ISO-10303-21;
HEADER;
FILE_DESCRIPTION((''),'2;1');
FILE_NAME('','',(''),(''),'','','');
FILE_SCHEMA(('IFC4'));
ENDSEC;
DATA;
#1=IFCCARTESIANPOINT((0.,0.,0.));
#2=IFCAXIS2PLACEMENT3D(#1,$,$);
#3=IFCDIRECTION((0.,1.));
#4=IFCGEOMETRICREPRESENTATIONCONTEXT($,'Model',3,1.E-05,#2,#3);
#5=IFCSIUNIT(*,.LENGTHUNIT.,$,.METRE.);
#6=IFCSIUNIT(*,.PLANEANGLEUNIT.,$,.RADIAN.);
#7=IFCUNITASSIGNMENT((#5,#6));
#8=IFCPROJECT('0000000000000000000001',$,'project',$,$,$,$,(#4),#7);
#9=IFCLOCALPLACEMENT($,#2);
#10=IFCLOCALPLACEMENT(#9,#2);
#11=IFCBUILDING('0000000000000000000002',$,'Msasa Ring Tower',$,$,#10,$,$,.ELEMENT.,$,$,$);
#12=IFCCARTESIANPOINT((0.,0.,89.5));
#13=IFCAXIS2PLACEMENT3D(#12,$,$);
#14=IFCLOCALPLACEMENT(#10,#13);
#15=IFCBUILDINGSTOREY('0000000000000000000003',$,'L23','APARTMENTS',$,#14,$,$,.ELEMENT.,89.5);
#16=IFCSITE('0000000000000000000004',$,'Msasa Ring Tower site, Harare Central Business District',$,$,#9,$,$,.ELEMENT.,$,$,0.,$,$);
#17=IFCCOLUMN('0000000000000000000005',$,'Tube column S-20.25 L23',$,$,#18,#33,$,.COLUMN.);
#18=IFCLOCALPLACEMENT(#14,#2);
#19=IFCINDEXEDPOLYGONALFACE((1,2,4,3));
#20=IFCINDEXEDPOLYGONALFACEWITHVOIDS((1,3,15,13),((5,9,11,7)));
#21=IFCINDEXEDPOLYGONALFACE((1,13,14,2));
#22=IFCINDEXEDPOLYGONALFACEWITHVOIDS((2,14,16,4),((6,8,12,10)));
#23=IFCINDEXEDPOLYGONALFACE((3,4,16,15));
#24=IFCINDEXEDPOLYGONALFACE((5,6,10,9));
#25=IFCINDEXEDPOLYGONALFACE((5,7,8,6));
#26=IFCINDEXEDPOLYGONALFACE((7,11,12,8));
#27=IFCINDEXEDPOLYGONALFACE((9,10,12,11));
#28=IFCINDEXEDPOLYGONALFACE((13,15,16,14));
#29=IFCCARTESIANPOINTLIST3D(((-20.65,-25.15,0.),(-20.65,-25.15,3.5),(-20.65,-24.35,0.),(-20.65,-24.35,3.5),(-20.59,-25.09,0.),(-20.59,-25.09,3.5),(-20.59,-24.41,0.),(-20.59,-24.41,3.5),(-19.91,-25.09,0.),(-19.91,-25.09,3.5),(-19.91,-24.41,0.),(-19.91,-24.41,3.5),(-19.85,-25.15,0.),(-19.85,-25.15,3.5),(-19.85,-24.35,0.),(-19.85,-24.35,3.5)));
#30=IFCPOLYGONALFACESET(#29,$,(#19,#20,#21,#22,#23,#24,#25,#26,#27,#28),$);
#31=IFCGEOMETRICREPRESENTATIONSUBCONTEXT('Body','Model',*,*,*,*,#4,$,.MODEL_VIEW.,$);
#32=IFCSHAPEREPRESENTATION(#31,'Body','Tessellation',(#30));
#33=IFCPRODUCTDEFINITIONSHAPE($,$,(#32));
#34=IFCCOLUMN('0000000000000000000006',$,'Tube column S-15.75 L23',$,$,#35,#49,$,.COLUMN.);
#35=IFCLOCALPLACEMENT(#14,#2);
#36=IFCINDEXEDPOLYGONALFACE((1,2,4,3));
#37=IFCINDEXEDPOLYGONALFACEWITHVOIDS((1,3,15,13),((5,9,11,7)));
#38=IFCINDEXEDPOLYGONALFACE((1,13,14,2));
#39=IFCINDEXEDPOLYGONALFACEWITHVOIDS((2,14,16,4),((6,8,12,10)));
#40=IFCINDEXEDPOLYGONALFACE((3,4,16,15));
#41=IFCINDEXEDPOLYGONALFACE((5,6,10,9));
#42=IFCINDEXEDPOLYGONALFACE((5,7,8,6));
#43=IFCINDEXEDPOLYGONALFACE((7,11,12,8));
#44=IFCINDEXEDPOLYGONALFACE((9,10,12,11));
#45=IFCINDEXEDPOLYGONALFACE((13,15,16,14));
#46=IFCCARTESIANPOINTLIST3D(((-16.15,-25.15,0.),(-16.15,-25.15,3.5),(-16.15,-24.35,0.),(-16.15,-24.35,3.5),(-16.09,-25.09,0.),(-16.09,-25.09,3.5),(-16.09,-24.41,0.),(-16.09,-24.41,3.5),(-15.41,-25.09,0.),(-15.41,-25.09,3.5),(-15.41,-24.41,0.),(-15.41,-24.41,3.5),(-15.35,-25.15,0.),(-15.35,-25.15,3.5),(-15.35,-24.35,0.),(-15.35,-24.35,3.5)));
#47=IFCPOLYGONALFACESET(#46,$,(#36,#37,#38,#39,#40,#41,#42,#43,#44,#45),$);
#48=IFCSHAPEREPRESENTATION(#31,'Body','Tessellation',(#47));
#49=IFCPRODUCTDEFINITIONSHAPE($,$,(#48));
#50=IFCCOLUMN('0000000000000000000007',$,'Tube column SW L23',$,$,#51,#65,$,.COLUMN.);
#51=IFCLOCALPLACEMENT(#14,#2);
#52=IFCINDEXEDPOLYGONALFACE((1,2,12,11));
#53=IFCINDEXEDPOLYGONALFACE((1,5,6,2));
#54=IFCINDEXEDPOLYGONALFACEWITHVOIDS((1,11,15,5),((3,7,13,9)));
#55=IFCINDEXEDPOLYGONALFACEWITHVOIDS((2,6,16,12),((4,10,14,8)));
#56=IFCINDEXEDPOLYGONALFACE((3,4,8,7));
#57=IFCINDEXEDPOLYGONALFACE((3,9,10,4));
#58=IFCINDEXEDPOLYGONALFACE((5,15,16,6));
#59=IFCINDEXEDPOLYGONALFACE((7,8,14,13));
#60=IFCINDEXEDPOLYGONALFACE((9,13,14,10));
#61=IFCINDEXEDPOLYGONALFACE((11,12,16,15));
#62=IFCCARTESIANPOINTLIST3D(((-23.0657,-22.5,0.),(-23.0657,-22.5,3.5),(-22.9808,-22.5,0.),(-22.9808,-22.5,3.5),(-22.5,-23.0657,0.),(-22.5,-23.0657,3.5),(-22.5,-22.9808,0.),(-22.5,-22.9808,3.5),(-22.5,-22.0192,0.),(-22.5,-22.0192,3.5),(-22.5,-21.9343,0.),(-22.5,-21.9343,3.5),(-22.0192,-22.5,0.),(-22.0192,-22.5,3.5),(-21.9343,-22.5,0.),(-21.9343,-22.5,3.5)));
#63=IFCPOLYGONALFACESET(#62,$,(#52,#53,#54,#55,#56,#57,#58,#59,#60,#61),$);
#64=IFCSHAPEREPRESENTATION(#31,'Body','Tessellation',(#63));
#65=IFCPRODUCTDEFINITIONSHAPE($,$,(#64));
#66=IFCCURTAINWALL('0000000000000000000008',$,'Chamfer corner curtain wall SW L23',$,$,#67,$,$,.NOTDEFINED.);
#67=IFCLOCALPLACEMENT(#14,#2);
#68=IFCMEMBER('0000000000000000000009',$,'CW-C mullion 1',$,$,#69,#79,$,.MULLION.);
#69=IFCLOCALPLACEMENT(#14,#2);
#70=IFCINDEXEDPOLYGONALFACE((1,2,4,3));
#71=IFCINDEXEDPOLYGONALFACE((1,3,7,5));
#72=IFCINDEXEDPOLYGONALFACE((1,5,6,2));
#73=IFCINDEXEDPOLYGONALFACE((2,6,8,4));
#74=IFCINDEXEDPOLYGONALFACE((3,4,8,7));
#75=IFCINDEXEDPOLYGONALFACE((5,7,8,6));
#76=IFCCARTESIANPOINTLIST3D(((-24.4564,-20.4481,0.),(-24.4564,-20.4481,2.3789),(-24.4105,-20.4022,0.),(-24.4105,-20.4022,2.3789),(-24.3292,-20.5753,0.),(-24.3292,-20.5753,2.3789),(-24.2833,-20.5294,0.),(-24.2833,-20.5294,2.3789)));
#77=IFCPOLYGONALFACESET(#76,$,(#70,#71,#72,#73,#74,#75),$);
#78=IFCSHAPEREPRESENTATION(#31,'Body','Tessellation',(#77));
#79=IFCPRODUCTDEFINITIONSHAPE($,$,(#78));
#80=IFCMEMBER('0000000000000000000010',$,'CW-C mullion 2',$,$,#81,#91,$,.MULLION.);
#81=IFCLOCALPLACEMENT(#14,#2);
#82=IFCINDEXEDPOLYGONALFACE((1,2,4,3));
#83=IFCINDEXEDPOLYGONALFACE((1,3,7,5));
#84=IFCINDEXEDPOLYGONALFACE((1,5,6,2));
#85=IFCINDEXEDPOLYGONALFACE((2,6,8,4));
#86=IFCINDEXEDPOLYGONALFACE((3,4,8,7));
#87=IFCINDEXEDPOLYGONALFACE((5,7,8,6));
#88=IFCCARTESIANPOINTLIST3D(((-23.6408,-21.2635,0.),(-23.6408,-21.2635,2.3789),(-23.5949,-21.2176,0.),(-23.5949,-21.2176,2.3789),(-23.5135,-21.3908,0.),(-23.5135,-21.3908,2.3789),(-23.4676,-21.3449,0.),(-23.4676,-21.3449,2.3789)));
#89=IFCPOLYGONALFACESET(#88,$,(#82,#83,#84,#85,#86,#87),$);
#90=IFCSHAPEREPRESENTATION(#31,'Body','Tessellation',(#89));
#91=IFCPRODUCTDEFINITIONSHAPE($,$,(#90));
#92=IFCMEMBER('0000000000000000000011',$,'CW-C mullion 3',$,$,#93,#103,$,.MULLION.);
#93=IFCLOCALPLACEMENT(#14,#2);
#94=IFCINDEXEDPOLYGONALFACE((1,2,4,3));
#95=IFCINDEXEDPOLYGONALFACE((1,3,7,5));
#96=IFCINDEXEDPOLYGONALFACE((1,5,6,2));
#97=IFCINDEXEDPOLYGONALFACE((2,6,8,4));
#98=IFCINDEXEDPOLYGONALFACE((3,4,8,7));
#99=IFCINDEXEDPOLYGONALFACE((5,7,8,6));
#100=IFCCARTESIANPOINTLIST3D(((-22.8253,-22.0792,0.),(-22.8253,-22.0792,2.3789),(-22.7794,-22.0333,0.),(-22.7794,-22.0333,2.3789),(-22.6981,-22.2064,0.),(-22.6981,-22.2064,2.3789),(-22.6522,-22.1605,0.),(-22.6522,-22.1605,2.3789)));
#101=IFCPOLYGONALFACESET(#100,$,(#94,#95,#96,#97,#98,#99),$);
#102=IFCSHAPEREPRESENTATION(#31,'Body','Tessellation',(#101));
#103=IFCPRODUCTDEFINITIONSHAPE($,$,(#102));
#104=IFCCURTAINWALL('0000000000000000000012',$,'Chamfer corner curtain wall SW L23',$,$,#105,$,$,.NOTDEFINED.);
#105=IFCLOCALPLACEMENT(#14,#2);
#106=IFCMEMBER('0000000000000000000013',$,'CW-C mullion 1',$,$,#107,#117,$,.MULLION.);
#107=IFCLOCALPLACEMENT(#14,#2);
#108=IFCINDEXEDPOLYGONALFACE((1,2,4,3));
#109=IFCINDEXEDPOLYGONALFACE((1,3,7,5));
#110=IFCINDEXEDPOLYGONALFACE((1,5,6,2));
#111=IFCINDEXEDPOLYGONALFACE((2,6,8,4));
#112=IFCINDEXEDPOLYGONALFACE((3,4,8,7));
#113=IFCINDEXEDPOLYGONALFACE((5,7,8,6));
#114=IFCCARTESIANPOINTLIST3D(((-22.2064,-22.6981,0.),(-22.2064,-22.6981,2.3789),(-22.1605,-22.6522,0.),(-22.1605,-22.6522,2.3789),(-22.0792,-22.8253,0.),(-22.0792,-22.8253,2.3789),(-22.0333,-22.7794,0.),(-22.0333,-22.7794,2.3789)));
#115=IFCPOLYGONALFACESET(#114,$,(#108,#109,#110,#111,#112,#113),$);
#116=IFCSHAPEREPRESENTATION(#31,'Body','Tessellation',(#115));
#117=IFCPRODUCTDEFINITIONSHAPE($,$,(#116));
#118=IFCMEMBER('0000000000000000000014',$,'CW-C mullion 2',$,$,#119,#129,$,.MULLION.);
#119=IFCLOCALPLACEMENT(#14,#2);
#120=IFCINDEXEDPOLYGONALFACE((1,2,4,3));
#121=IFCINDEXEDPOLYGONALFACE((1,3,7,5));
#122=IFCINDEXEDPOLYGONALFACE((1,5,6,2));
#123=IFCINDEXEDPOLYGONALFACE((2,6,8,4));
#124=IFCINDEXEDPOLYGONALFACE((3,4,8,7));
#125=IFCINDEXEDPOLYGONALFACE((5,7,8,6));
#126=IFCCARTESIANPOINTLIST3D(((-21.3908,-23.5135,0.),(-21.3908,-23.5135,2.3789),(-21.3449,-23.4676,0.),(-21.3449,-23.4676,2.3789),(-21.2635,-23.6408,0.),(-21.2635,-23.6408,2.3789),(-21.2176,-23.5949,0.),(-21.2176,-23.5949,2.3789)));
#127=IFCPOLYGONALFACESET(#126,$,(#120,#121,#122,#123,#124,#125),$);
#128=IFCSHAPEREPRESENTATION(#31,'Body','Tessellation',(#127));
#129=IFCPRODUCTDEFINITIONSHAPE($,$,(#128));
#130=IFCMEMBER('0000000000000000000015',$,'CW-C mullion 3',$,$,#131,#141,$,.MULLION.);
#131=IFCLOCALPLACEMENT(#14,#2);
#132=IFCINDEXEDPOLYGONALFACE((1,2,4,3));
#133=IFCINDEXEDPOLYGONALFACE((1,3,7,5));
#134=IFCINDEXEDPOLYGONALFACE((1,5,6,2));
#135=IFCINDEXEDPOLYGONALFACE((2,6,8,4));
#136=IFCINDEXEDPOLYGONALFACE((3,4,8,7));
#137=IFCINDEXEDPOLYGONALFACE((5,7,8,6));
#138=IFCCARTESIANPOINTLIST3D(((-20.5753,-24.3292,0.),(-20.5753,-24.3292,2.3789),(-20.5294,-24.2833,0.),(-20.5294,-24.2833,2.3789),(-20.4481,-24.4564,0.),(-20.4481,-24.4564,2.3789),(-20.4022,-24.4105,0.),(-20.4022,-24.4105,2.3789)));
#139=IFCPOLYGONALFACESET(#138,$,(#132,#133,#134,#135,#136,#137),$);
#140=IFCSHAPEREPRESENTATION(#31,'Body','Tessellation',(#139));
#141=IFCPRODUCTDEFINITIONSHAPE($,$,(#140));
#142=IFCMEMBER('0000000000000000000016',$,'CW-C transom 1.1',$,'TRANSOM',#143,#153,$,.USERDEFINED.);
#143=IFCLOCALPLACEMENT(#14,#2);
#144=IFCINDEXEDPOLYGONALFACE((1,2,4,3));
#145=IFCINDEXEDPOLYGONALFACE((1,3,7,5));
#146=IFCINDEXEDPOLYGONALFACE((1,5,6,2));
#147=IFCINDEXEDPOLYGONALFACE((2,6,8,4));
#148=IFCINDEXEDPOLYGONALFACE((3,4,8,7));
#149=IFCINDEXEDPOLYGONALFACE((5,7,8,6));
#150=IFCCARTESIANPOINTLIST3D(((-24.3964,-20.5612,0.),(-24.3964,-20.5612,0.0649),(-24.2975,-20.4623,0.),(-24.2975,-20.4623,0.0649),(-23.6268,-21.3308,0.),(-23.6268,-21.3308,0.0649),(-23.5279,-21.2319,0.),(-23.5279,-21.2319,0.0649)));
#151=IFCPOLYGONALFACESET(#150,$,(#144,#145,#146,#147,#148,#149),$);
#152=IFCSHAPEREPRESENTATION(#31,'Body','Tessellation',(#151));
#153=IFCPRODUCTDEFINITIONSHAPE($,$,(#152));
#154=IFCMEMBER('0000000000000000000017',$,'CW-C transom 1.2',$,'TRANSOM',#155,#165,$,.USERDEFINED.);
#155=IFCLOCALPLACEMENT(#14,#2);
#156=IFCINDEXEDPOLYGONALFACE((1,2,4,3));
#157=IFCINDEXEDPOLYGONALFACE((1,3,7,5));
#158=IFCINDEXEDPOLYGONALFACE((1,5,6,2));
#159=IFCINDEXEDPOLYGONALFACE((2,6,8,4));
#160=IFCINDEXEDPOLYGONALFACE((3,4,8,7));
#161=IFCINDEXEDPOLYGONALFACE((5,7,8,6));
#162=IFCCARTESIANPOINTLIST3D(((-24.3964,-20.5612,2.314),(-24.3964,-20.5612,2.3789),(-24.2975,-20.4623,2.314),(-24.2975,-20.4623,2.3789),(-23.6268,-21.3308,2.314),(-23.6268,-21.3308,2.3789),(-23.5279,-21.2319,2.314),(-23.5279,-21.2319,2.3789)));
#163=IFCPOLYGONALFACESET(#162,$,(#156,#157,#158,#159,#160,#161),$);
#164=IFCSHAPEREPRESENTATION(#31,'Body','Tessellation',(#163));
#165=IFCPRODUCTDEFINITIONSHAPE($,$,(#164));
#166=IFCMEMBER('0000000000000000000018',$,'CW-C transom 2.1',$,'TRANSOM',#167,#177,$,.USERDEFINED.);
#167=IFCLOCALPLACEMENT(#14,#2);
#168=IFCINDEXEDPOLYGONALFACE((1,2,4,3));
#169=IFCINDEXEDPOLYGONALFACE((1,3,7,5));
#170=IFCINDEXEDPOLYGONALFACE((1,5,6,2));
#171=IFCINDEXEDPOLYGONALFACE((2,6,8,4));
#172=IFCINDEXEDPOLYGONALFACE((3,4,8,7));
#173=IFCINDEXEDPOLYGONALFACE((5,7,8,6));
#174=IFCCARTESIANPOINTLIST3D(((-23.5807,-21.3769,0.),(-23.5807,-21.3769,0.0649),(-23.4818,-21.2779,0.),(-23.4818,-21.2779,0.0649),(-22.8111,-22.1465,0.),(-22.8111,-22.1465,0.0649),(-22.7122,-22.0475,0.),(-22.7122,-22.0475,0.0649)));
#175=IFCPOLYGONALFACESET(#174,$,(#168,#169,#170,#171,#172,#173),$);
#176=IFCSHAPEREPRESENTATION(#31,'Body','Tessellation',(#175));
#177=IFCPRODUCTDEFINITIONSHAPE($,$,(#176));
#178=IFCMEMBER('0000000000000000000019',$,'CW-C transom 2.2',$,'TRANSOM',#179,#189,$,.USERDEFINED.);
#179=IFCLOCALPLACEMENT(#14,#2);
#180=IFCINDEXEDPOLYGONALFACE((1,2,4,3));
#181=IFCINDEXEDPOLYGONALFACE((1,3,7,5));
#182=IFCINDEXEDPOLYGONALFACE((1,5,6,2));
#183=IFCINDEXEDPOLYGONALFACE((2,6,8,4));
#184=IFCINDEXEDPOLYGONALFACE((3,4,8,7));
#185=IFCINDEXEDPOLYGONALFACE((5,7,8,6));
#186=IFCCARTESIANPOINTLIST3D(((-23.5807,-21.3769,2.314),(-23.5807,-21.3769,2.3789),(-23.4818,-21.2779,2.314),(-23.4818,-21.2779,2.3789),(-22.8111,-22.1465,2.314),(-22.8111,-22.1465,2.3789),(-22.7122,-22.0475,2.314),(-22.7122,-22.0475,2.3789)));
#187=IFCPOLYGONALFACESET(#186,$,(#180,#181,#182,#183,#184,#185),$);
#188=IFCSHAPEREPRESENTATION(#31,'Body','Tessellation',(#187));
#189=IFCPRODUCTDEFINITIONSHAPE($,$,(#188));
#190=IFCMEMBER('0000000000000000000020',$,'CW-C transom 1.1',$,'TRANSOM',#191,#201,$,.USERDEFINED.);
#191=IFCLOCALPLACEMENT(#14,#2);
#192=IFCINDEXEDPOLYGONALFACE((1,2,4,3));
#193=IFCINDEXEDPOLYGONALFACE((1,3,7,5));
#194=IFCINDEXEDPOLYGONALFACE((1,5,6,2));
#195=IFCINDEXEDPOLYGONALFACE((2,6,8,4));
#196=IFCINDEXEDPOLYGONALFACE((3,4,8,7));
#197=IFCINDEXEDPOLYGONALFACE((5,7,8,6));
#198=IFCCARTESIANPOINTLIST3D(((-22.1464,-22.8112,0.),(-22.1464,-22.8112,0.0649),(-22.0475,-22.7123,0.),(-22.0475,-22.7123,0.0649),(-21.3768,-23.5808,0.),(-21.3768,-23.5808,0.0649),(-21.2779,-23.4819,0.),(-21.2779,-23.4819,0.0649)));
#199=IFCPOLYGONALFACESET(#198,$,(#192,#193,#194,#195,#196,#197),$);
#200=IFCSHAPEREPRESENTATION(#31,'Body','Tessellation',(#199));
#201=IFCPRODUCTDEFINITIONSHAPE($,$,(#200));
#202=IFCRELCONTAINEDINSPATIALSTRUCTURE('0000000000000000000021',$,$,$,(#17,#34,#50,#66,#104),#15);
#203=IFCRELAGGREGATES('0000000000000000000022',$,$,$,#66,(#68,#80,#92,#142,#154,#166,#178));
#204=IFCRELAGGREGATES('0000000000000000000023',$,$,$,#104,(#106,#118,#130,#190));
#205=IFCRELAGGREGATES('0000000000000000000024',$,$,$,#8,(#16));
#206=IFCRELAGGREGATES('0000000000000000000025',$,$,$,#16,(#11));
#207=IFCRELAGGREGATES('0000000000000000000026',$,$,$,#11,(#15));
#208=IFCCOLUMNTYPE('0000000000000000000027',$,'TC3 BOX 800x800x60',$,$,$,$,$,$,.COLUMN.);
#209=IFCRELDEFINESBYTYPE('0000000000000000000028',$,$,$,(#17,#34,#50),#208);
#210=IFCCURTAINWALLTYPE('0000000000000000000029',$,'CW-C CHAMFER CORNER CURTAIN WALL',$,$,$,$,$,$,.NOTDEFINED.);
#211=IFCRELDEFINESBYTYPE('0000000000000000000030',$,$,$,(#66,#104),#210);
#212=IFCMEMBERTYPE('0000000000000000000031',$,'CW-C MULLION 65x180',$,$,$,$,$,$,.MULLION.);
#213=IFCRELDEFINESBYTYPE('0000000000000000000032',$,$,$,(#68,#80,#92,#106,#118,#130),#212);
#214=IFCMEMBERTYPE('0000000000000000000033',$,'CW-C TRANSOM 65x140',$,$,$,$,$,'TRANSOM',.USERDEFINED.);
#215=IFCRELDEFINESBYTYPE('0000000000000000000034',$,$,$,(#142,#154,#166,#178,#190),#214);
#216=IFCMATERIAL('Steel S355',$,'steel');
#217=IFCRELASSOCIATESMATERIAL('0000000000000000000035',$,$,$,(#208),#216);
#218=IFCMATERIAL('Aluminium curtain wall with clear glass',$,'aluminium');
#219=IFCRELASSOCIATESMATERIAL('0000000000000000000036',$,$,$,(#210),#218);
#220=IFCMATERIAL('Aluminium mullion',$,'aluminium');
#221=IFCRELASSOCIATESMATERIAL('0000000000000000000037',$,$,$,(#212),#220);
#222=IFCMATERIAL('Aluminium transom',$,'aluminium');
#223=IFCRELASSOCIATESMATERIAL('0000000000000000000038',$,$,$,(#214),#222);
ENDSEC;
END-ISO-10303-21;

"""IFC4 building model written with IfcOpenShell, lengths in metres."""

from ifc_helpers import new_model, si_unit, direction, frame, origin, origin_2d, place, context, subcontext, project, spatial, rectangle, hollow_rectangle, extrude, material, material_profile, profile_set, type_object, element, aggregate, save


model = new_model("IFC4")

# Units and contexts
model_context = context("Model", 3, precision=1e-05, world=origin(), true_north=direction((0.0, 1.0)))
body_context = subcontext(model_context, "Body", "Model", "MODEL_VIEW")
ifc_project = project(units=[si_unit("LENGTHUNIT", "METRE"), si_unit("PLANEANGLEUNIT", "RADIAN")], contexts=[model_context])

# Site, building, storey
site_placement = place(None, origin())
site = spatial("IfcSite", under=ifc_project, at=site_placement, Name="Msasa Ring Tower site, Harare Central Business District", CompositionType="ELEMENT", RefElevation=0.0)
building_placement = place(site_placement, origin())
building = spatial("IfcBuilding", under=site, at=building_placement, Name="Msasa Ring Tower", CompositionType="ELEMENT")
storey_placement = place(building_placement, frame((0.0, 0.0, 89.5)))
storey = spatial("IfcBuildingStorey", under=building, at=storey_placement, Name="L23", Description="APARTMENTS", CompositionType="ELEMENT", Elevation=89.5)

# Columns
ifc_material_1 = material(Name="Steel S355", Category="steel")
ifc_material_profile_1 = material_profile(ifc_material_1, hollow_rectangle(XDim=0.8, YDim=0.8, WallThickness=0.0601, at=origin_2d()), Name="BOX 800x800x60")
ifc_profile_set_1 = profile_set([ifc_material_profile_1], Name="Steel S355")
column_type = type_object("IfcColumnType", Name="TC3 BOX 800x800x60", PredefinedType="COLUMN", material=ifc_profile_set_1)
for number, where, z_axis, x_axis, name in (
    (1, (-20.25, -24.75, 0.0), (0.0, 0.0, 1.0), (0.0, 1.0, 0.0), "Tube column S-20.25 L23"),
    (2, (-15.75, -24.75, 0.0), (0.0, 0.0, 1.0), (0.0, 1.0, 0.0), "Tube column S-15.75 L23"),
    (3, (-22.5, -22.5, 0.0), (0.0, 0.0, 1.0), (0.707107, 0.707107, 0.0), "Tube column SW L23"),
):
    element("IfcColumn", number, at=place(storey_placement, frame(where, z_axis=z_axis, x_axis=x_axis)), inside=storey, type_object=column_type, Name=name, PredefinedType="COLUMN", context=body_context, shape_type="SweptSolid", body=[
        extrude(hollow_rectangle(XDim=0.8, YDim=0.8, WallThickness=0.0601, at=origin_2d()), origin(), (0.0, 0.0, 1.0), 3.5),
    ])

# Curtain walls, members
ifc_material_2 = material(Name="Aluminium curtain wall with clear glass", Category="aluminium")
curtain_wall_type = type_object("IfcCurtainWallType", Name="CW-C CHAMFER CORNER CURTAIN WALL", PredefinedType="NOTDEFINED", material=ifc_material_2)
curtain_wall_1_placement = place(storey_placement, origin())
curtain_wall_1 = element("IfcCurtainWall", 4, at=curtain_wall_1_placement, inside=storey, type_object=curtain_wall_type, Name="Chamfer corner curtain wall SW L23", PredefinedType="NOTDEFINED")
ifc_material_3 = material(Name="Aluminium mullion", Category="aluminium")
ifc_material_profile_2 = material_profile(ifc_material_3, rectangle(XDim=0.0649, YDim=0.1799, at=origin_2d()), Name="AL 65x180")
ifc_profile_set_2 = profile_set([ifc_material_profile_2], Name="Aluminium mullion")
member_type_1 = type_object("IfcMemberType", Name="CW-C MULLION 65x180", PredefinedType="MULLION", material=ifc_profile_set_2)
member_1_placement = place(storey_placement, frame((-24.3699, -20.4888, 0.0), z_axis=(0.0, 0.0, 1.0), x_axis=(0.707107, 0.707107, 0.0)))
member_1 = element("IfcMember", 5, at=member_1_placement, type_object=member_type_1, Name="CW-C mullion 1", PredefinedType="MULLION", context=body_context, shape_type="SweptSolid", body=[
    extrude(rectangle(XDim=0.0649, YDim=0.1799, at=origin_2d()), origin(), (0.0, 0.0, 1.0), 2.3789),
])
member_2_placement = place(storey_placement, frame((-23.5542, -21.3042, 0.0), z_axis=(0.0, 0.0, 1.0), x_axis=(0.707107, 0.707107, 0.0)))
member_2 = element("IfcMember", 6, at=member_2_placement, type_object=member_type_1, Name="CW-C mullion 2", PredefinedType="MULLION", context=body_context, shape_type="SweptSolid", body=[
    extrude(rectangle(XDim=0.0649, YDim=0.1799, at=origin_2d()), origin(), (0.0, 0.0, 1.0), 2.3789),
])
member_3_placement = place(storey_placement, frame((-22.7388, -22.1199, 0.0), z_axis=(0.0, 0.0, 1.0), x_axis=(0.707107, 0.707107, 0.0)))
member_3 = element("IfcMember", 7, at=member_3_placement, type_object=member_type_1, Name="CW-C mullion 3", PredefinedType="MULLION", context=body_context, shape_type="SweptSolid", body=[
    extrude(rectangle(XDim=0.0649, YDim=0.1799, at=origin_2d()), origin(), (0.0, 0.0, 1.0), 2.3789),
])
curtain_wall_2_placement = place(storey_placement, origin())
curtain_wall_2 = element("IfcCurtainWall", 8, at=curtain_wall_2_placement, inside=storey, type_object=curtain_wall_type, Name="Chamfer corner curtain wall SW L23", PredefinedType="NOTDEFINED")
member_4_placement = place(storey_placement, frame((-22.1199, -22.7388, 0.0), z_axis=(0.0, 0.0, 1.0), x_axis=(0.707107, 0.707107, 0.0)))
member_4 = element("IfcMember", 9, at=member_4_placement, type_object=member_type_1, Name="CW-C mullion 1", PredefinedType="MULLION", context=body_context, shape_type="SweptSolid", body=[
    extrude(rectangle(XDim=0.0649, YDim=0.1799, at=origin_2d()), origin(), (0.0, 0.0, 1.0), 2.3789),
])
member_5_placement = place(storey_placement, frame((-21.3042, -23.5542, 0.0), z_axis=(0.0, 0.0, 1.0), x_axis=(0.707107, 0.707107, 0.0)))
member_5 = element("IfcMember", 10, at=member_5_placement, type_object=member_type_1, Name="CW-C mullion 2", PredefinedType="MULLION", context=body_context, shape_type="SweptSolid", body=[
    extrude(rectangle(XDim=0.0649, YDim=0.1799, at=origin_2d()), origin(), (0.0, 0.0, 1.0), 2.3789),
])
member_6_placement = place(storey_placement, frame((-20.4888, -24.3699, 0.0), z_axis=(0.0, 0.0, 1.0), x_axis=(0.707107, 0.707107, 0.0)))
member_6 = element("IfcMember", 11, at=member_6_placement, type_object=member_type_1, Name="CW-C mullion 3", PredefinedType="MULLION", context=body_context, shape_type="SweptSolid", body=[
    extrude(rectangle(XDim=0.0649, YDim=0.1799, at=origin_2d()), origin(), (0.0, 0.0, 1.0), 2.3789),
])

# Members
ifc_material_4 = material(Name="Aluminium transom", Category="aluminium")
ifc_material_profile_3 = material_profile(ifc_material_4, rectangle(XDim=0.1399, YDim=0.0649, at=origin_2d()), Name="AL 65x140")
ifc_profile_set_3 = profile_set([ifc_material_profile_3], Name="Aluminium transom")
member_type_2 = type_object("IfcMemberType", Name="CW-C TRANSOM 65x140", ElementType="TRANSOM", PredefinedType="USERDEFINED", material=ifc_profile_set_3)
member_7_placement = place(storey_placement, frame((-24.3469, -20.5117, 0.0325), z_axis=(0.707107, -0.707107, 0.0), x_axis=(0.707107, 0.707107, 0.0)))
member_7 = element("IfcMember", 12, at=member_7_placement, type_object=member_type_2, Name="CW-C transom 1.1", ObjectType="TRANSOM", PredefinedType="USERDEFINED", context=body_context, shape_type="SweptSolid", body=[
    extrude(rectangle(XDim=0.1399, YDim=0.0649, at=origin_2d()), origin(), (0.0, 0.0, 1.0), 1.0884),
])
member_8_placement = place(storey_placement, frame((-24.3469, -20.5117, 2.3464), z_axis=(0.707107, -0.707107, 0.0), x_axis=(0.707107, 0.707107, 0.0)))
member_8 = element("IfcMember", 13, at=member_8_placement, type_object=member_type_2, Name="CW-C transom 1.2", ObjectType="TRANSOM", PredefinedType="USERDEFINED", context=body_context, shape_type="SweptSolid", body=[
    extrude(rectangle(XDim=0.1399, YDim=0.0649, at=origin_2d()), origin(), (0.0, 0.0, 1.0), 1.0884),
])
member_9_placement = place(storey_placement, frame((-23.5312, -21.3274, 0.0325), z_axis=(0.707107, -0.707107, 0.0), x_axis=(0.707107, 0.707107, 0.0)))
member_9 = element("IfcMember", 14, at=member_9_placement, type_object=member_type_2, Name="CW-C transom 2.1", ObjectType="TRANSOM", PredefinedType="USERDEFINED", context=body_context, shape_type="SweptSolid", body=[
    extrude(rectangle(XDim=0.1399, YDim=0.0649, at=origin_2d()), origin(), (0.0, 0.0, 1.0), 1.0884),
])
member_10_placement = place(storey_placement, frame((-23.5312, -21.3274, 2.3464), z_axis=(0.707107, -0.707107, 0.0), x_axis=(0.707107, 0.707107, 0.0)))
member_10 = element("IfcMember", 15, at=member_10_placement, type_object=member_type_2, Name="CW-C transom 2.2", ObjectType="TRANSOM", PredefinedType="USERDEFINED", context=body_context, shape_type="SweptSolid", body=[
    extrude(rectangle(XDim=0.1399, YDim=0.0649, at=origin_2d()), origin(), (0.0, 0.0, 1.0), 1.0884),
])
member_11_placement = place(storey_placement, frame((-22.0969, -22.7617, 0.0325), z_axis=(0.707107, -0.707107, 0.0), x_axis=(0.707107, 0.707107, 0.0)))
member_11 = element("IfcMember", 16, at=member_11_placement, type_object=member_type_2, Name="CW-C transom 1.1", ObjectType="TRANSOM", PredefinedType="USERDEFINED", context=body_context, shape_type="SweptSolid", body=[
    extrude(rectangle(XDim=0.1399, YDim=0.0649, at=origin_2d()), origin(), (0.0, 0.0, 1.0), 1.0884),
])

aggregate(curtain_wall_1, [member_1, member_2, member_3, member_7, member_8, member_9, member_10])
aggregate(curtain_wall_2, [member_4, member_5, member_6, member_11])

save(model, "model.ifc")
